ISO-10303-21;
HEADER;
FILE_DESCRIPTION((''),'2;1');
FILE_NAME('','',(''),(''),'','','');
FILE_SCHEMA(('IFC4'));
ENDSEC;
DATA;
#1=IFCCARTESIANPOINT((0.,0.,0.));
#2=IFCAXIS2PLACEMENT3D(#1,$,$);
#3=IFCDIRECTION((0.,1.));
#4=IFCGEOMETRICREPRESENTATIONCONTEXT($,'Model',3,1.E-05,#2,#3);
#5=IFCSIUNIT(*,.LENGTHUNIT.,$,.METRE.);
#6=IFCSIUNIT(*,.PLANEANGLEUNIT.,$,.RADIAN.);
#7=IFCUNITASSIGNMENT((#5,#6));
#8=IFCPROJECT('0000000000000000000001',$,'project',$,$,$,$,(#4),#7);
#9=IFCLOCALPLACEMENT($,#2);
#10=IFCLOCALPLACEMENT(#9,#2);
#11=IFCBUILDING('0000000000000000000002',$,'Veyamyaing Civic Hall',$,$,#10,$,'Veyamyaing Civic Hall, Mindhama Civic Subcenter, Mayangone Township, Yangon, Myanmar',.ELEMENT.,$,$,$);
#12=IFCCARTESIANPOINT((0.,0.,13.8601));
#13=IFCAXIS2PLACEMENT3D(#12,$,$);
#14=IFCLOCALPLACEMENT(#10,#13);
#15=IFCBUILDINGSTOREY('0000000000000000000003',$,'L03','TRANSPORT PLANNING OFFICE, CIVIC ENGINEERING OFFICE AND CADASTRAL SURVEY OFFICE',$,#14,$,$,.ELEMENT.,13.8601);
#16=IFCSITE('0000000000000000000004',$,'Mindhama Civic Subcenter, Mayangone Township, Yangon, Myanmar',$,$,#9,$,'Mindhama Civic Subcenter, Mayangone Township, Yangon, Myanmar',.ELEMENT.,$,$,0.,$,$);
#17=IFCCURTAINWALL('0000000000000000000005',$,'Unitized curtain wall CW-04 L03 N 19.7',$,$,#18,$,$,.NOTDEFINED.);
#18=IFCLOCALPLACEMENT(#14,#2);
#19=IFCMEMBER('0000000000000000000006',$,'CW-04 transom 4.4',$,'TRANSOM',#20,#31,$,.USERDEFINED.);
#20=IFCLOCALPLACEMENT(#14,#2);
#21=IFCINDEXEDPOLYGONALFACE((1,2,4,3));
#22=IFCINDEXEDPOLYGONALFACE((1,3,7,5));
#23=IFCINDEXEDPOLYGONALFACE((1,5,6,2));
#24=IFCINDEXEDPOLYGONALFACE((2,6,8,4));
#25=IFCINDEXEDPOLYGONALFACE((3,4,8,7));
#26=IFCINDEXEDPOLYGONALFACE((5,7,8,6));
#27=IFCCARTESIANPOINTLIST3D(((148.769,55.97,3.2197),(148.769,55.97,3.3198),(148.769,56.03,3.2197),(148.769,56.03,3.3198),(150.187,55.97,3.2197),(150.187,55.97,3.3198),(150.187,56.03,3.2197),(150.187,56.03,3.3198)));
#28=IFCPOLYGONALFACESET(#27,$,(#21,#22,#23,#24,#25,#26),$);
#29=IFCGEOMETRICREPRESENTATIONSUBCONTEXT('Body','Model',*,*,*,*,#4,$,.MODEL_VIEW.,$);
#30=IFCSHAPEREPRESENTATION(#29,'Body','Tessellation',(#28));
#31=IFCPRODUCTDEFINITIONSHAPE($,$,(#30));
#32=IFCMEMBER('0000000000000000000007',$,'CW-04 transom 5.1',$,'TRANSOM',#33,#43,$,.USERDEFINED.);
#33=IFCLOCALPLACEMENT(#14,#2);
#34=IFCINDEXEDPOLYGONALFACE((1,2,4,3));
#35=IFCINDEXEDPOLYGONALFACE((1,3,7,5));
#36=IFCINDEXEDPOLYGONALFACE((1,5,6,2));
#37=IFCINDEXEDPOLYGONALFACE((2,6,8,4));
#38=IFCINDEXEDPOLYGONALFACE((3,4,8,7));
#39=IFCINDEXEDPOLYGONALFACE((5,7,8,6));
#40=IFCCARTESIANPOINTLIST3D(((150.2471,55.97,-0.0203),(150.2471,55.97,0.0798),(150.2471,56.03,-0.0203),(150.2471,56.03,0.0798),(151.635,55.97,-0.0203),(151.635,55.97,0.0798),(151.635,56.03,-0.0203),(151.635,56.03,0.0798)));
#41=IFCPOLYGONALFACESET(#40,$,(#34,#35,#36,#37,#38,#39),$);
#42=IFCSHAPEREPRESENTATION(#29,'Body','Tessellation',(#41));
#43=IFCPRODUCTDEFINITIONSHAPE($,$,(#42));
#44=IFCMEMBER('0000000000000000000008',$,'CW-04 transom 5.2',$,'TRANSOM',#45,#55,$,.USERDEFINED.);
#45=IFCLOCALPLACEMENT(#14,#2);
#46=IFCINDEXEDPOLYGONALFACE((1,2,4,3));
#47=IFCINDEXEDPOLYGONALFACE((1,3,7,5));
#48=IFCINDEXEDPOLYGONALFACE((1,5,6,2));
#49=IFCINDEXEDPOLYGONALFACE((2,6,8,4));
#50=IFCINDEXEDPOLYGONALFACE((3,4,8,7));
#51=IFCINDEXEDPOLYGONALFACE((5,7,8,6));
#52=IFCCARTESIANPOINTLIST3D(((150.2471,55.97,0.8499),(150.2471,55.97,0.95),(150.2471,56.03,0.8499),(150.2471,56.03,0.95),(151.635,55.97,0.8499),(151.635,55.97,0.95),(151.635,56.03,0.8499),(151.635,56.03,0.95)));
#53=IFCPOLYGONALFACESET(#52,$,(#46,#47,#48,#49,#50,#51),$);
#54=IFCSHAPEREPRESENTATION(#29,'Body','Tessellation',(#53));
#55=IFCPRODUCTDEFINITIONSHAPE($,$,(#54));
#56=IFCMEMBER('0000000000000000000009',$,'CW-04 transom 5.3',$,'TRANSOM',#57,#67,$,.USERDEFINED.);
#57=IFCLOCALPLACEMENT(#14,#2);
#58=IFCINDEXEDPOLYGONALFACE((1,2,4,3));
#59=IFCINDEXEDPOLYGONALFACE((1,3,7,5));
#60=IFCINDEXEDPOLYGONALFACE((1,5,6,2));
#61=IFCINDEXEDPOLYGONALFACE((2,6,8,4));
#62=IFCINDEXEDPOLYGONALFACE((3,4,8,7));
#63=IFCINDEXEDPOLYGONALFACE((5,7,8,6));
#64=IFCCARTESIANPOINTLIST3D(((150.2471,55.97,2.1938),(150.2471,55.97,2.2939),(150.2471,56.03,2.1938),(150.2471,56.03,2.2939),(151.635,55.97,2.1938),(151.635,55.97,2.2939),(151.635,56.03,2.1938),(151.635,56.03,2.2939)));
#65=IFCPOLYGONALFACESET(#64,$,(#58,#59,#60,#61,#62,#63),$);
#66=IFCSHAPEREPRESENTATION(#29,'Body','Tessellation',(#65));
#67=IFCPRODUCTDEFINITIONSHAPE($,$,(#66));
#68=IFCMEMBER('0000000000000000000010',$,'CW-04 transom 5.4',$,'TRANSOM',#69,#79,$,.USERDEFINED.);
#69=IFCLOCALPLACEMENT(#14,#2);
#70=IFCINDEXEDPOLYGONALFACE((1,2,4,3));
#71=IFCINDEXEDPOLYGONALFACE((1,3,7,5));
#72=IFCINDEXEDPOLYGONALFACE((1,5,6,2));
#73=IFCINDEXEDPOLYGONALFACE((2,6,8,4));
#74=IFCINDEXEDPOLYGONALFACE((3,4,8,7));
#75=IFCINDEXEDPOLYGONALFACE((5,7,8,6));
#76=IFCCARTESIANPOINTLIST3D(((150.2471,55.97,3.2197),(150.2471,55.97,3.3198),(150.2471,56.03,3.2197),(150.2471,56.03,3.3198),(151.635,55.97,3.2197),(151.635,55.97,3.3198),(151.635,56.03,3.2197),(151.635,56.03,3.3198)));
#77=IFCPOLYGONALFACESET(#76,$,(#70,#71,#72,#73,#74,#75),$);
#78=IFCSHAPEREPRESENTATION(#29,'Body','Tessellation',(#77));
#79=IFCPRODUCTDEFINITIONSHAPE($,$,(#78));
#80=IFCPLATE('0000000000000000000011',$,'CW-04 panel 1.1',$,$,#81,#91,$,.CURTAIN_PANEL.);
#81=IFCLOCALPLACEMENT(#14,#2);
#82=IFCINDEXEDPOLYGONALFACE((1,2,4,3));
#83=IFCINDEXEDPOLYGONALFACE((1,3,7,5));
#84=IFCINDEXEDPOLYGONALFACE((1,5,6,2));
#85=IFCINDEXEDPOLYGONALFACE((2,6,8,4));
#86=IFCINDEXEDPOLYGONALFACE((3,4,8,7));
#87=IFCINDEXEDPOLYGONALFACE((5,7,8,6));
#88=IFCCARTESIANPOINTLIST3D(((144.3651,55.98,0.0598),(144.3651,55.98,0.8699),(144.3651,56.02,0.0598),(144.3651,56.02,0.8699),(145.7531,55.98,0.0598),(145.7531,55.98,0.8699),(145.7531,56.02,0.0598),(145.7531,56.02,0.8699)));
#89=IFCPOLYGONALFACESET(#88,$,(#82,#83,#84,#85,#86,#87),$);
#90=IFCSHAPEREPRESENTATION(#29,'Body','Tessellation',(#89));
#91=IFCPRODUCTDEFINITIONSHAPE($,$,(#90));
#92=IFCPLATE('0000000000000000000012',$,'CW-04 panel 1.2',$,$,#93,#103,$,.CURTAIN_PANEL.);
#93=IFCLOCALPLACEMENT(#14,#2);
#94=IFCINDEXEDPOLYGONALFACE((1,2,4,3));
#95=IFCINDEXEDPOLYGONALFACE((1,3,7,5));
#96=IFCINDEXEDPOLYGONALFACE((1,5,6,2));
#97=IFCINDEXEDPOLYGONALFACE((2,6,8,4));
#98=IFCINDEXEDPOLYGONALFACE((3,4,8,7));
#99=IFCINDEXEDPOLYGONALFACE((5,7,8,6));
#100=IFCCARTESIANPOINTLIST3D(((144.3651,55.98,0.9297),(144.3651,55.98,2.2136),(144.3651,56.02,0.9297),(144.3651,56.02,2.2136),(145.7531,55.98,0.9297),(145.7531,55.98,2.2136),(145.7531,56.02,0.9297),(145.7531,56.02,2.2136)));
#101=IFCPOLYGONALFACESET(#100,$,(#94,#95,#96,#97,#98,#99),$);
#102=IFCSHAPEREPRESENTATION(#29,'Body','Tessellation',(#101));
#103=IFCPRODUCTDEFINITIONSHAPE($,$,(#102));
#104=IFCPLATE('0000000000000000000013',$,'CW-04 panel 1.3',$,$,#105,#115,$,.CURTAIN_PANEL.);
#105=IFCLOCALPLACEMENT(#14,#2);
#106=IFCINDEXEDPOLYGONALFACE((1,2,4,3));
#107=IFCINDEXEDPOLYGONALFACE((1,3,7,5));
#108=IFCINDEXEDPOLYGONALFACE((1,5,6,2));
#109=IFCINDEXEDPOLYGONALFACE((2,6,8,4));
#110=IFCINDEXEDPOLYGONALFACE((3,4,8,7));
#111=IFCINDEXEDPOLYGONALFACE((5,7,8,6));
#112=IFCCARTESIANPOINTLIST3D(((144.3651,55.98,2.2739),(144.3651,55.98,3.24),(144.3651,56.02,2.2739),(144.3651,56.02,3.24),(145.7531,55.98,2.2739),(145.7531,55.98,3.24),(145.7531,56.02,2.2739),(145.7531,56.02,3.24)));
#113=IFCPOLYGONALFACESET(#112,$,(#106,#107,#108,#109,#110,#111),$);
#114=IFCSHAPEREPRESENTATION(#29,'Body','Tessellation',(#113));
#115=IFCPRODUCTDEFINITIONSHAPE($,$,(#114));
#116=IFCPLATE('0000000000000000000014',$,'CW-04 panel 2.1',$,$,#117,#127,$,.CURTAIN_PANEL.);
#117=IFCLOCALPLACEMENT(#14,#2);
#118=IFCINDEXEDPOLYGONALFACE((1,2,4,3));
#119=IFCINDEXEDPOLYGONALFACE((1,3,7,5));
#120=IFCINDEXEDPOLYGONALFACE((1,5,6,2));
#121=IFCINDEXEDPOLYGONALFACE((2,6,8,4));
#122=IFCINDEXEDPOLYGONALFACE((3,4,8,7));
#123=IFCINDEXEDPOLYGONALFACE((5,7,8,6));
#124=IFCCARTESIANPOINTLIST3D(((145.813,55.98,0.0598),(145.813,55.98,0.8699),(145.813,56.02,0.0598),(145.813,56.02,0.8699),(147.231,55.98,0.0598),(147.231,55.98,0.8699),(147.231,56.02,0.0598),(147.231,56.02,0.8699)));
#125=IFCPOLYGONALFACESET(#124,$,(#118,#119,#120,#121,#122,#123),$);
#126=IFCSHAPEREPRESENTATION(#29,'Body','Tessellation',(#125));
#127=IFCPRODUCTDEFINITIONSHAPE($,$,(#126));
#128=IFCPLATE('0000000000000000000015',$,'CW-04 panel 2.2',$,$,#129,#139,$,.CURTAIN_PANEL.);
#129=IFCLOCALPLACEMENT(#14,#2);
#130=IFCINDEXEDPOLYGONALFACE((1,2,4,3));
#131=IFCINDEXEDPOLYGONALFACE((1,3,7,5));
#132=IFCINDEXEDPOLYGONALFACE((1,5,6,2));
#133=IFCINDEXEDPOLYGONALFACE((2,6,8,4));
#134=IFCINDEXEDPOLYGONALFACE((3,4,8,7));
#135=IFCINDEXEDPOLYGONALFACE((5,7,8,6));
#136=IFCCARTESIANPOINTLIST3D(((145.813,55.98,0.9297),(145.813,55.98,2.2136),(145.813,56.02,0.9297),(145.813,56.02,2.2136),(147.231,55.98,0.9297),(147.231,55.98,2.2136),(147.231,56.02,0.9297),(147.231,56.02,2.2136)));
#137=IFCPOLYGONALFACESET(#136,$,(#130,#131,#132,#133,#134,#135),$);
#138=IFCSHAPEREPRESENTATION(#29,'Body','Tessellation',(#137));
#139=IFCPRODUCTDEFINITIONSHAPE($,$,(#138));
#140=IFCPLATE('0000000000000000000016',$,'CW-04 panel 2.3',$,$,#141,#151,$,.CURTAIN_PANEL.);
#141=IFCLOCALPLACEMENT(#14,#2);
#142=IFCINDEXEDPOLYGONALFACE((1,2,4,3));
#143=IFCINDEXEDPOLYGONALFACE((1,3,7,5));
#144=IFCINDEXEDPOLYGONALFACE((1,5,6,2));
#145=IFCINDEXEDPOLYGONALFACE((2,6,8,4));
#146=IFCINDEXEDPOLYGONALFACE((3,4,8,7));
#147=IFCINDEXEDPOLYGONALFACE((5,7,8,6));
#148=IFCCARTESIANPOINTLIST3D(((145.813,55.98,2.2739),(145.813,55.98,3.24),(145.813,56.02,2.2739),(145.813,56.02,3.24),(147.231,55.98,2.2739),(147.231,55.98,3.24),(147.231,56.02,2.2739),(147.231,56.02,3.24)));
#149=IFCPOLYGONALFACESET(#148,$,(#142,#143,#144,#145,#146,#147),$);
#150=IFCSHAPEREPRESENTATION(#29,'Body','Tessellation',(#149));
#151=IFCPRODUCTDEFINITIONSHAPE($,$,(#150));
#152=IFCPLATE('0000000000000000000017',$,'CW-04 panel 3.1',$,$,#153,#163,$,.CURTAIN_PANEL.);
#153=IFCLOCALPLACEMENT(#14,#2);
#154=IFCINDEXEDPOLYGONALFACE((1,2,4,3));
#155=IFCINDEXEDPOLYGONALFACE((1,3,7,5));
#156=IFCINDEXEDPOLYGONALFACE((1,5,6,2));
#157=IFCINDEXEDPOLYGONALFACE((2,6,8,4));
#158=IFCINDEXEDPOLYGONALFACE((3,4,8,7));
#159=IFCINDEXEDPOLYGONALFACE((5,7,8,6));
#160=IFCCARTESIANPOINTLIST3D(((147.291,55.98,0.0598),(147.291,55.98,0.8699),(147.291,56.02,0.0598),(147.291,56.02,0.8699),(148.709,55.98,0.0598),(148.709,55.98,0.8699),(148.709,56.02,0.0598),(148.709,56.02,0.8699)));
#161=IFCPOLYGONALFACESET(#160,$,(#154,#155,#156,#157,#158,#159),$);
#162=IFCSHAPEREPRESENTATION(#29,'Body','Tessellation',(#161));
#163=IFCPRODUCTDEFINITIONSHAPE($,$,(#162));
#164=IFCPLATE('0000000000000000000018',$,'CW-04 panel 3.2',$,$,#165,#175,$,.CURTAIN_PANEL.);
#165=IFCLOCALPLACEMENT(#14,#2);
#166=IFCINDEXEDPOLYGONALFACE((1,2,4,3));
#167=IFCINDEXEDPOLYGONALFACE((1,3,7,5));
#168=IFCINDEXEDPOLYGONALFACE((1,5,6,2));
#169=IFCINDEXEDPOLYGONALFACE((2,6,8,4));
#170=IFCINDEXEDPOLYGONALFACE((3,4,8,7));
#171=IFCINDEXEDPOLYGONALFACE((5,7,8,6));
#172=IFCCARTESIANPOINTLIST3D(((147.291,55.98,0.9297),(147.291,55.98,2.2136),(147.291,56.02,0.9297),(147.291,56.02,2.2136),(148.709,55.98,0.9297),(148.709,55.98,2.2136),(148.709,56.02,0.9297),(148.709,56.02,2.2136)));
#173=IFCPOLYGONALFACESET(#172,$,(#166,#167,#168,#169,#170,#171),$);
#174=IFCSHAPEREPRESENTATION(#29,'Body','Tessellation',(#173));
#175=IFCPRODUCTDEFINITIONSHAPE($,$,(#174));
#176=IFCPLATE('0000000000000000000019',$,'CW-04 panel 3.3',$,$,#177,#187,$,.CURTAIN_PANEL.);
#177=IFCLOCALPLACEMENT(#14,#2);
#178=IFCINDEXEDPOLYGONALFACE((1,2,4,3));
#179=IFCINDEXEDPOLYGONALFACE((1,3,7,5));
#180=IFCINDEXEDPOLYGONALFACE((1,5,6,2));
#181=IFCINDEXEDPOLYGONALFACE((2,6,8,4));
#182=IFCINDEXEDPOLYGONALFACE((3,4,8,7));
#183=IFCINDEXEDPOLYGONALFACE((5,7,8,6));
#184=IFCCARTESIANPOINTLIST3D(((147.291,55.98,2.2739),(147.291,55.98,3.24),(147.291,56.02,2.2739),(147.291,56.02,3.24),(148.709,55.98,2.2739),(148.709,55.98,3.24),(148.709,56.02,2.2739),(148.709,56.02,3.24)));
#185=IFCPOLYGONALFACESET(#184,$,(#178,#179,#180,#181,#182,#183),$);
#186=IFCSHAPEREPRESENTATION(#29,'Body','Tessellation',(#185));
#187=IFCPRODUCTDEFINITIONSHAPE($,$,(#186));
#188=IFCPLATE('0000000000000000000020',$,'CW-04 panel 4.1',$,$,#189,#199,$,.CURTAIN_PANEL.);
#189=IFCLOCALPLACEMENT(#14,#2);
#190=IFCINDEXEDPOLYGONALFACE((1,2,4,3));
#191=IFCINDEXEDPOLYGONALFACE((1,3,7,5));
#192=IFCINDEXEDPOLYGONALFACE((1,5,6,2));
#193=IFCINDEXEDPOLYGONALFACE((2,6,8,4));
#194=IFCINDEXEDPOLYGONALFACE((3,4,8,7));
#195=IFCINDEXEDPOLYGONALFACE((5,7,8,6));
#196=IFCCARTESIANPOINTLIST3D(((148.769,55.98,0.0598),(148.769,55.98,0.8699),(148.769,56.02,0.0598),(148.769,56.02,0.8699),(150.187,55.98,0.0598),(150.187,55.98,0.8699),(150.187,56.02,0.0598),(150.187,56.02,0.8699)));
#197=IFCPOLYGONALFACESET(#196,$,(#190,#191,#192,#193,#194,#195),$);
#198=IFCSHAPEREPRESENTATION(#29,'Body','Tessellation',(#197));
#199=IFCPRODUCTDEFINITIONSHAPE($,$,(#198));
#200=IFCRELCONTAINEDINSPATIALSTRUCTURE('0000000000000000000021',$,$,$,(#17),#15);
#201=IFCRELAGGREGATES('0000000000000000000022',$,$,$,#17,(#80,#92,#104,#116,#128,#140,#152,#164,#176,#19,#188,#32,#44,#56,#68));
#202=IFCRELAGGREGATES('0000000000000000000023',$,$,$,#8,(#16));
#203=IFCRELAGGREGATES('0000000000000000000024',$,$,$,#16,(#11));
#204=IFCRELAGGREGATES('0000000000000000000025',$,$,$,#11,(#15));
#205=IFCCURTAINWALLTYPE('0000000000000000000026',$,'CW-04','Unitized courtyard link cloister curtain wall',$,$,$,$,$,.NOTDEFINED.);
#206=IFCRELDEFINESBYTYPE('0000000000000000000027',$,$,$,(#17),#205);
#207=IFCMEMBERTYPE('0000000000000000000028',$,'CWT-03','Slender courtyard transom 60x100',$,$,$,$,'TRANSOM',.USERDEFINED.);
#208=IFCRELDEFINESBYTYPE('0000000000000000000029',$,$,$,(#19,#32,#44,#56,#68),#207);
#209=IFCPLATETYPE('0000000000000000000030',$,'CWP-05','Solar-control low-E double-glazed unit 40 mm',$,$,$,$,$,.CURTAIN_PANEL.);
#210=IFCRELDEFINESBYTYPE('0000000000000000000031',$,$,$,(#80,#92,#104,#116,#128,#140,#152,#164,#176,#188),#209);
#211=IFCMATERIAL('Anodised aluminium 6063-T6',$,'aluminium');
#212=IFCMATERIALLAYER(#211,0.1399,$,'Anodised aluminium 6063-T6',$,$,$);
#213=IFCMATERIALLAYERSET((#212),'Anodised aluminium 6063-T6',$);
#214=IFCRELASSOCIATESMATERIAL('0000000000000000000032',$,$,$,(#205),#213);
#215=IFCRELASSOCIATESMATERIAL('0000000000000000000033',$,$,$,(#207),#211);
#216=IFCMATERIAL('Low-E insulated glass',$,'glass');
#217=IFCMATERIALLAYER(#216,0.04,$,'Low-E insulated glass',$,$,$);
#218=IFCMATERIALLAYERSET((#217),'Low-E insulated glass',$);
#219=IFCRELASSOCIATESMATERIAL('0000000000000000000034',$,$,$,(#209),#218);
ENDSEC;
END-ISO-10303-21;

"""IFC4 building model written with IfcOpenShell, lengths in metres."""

from ifc_helpers import new_model, si_unit, direction, frame, origin, origin_2d, place, context, subcontext, project, spatial, rectangle, extrude, material, layer, layer_set, material_profile, profile_set, type_object, element, aggregate, save


model = new_model("IFC4")

# Units and contexts
model_context = context("Model", 3, precision=1e-05, world=origin(), true_north=direction((0.0, 1.0)))
body_context = subcontext(model_context, "Body", "Model", "MODEL_VIEW")
ifc_project = project(units=[si_unit("LENGTHUNIT", "METRE"), si_unit("PLANEANGLEUNIT", "RADIAN")], contexts=[model_context])

# Site, building, storey
site_placement = place(None, origin())
site = spatial("IfcSite", under=ifc_project, at=site_placement, Name="Mindhama Civic Subcenter, Mayangone Township, Yangon, Myanmar", LongName="Mindhama Civic Subcenter, Mayangone Township, Yangon, Myanmar", CompositionType="ELEMENT", RefElevation=0.0)
building_placement = place(site_placement, origin())
building = spatial("IfcBuilding", under=site, at=building_placement, Name="Veyamyaing Civic Hall", LongName="Veyamyaing Civic Hall, Mindhama Civic Subcenter, Mayangone Township, Yangon, Myanmar", CompositionType="ELEMENT")
storey_placement = place(building_placement, frame((0.0, 0.0, 13.8601)))
storey = spatial("IfcBuildingStorey", under=building, at=storey_placement, Name="L03", Description="TRANSPORT PLANNING OFFICE, CIVIC ENGINEERING OFFICE AND CADASTRAL SURVEY OFFICE", CompositionType="ELEMENT", Elevation=13.8601)

# Curtain wall, members, plates
ifc_material_1 = material(Name="Anodised aluminium 6063-T6", Category="aluminium")
ifc_layer_1 = layer(ifc_material_1, 0.1399, Name="Anodised aluminium 6063-T6")
ifc_layer_set_1 = layer_set([ifc_layer_1], Name="Anodised aluminium 6063-T6")
curtain_wall_type = type_object("IfcCurtainWallType", Name="CW-04", Description="Unitized courtyard link cloister curtain wall", PredefinedType="NOTDEFINED", material=ifc_layer_set_1)
curtain_wall_placement = place(storey_placement, origin())
curtain_wall = element("IfcCurtainWall", 1, at=curtain_wall_placement, inside=storey, type_object=curtain_wall_type, Name="Unitized curtain wall CW-04 L03 N 19.7", PredefinedType="NOTDEFINED")
ifc_material_profile_1 = material_profile(ifc_material_1, rectangle(XDim=0.0601, YDim=0.1001, at=origin_2d()), Name="ALU-TRN-60X100")
ifc_profile_set_1 = profile_set([ifc_material_profile_1], Name="Anodised aluminium 6063-T6")
member_type_1 = type_object("IfcMemberType", Name="CWT-03", Description="Slender courtyard transom 60x100", ElementType="TRANSOM", PredefinedType="USERDEFINED", material=ifc_profile_set_1)
member_1_placement = place(storey_placement, frame((148.769, 56.0, 3.2698), z_axis=(1.0, 0.0, 0.0), x_axis=(0.0, 1.0, 0.0)))
member_1 = element("IfcMember", 2, at=member_1_placement, type_object=member_type_1, Name="CW-04 transom 4.4", ObjectType="TRANSOM", PredefinedType="USERDEFINED", context=body_context, shape_type="SweptSolid", body=[
    extrude(rectangle(XDim=0.0601, YDim=0.1001, at=origin_2d()), origin(), (0.0, 0.0, 1.0), 1.418),
])
member_2_placement = place(storey_placement, frame((150.2471, 56.0, 0.0298), z_axis=(1.0, 0.0, 0.0), x_axis=(0.0, 1.0, 0.0)))
member_2 = element("IfcMember", 3, at=member_2_placement, type_object=member_type_1, Name="CW-04 transom 5.1", ObjectType="TRANSOM", PredefinedType="USERDEFINED", context=body_context, shape_type="SweptSolid", body=[
    extrude(rectangle(XDim=0.0601, YDim=0.1001, at=origin_2d()), origin(), (0.0, 0.0, 1.0), 1.3879),
])
member_3_placement = place(storey_placement, frame((150.2471, 56.0, 0.8999), z_axis=(1.0, 0.0, 0.0), x_axis=(0.0, 1.0, 0.0)))
member_3 = element("IfcMember", 4, at=member_3_placement, type_object=member_type_1, Name="CW-04 transom 5.2", ObjectType="TRANSOM", PredefinedType="USERDEFINED", context=body_context, shape_type="SweptSolid", body=[
    extrude(rectangle(XDim=0.0601, YDim=0.1001, at=origin_2d()), origin(), (0.0, 0.0, 1.0), 1.3879),
])
member_4_placement = place(storey_placement, frame((150.2471, 56.0, 2.2439), z_axis=(1.0, 0.0, 0.0), x_axis=(0.0, 1.0, 0.0)))
member_4 = element("IfcMember", 5, at=member_4_placement, type_object=member_type_1, Name="CW-04 transom 5.3", ObjectType="TRANSOM", PredefinedType="USERDEFINED", context=body_context, shape_type="SweptSolid", body=[
    extrude(rectangle(XDim=0.0601, YDim=0.1001, at=origin_2d()), origin(), (0.0, 0.0, 1.0), 1.3879),
])
member_5_placement = place(storey_placement, frame((150.2471, 56.0, 3.2698), z_axis=(1.0, 0.0, 0.0), x_axis=(0.0, 1.0, 0.0)))
member_5 = element("IfcMember", 6, at=member_5_placement, type_object=member_type_1, Name="CW-04 transom 5.4", ObjectType="TRANSOM", PredefinedType="USERDEFINED", context=body_context, shape_type="SweptSolid", body=[
    extrude(rectangle(XDim=0.0601, YDim=0.1001, at=origin_2d()), origin(), (0.0, 0.0, 1.0), 1.3879),
])
ifc_material_2 = material(Name="Low-E insulated glass", Category="glass")
ifc_layer_2 = layer(ifc_material_2, 0.04, Name="Low-E insulated glass")
ifc_layer_set_2 = layer_set([ifc_layer_2], Name="Low-E insulated glass")
plate_type = type_object("IfcPlateType", Name="CWP-05", Description="Solar-control low-E double-glazed unit 40 mm", PredefinedType="CURTAIN_PANEL", material=ifc_layer_set_2)
plate_1_placement = place(storey_placement, frame((145.0591, 56.0, 0.0598), z_axis=(0.0, 0.0, 1.0), x_axis=(1.0, 0.0, 0.0)))
plate_1 = element("IfcPlate", 7, at=plate_1_placement, type_object=plate_type, Name="CW-04 panel 1.1", PredefinedType="CURTAIN_PANEL", context=body_context, shape_type="SweptSolid", body=[
    extrude(rectangle(XDim=1.3879, YDim=0.04, at=origin_2d()), origin(), (0.0, 0.0, 1.0), 0.8101),
])
plate_2_placement = place(storey_placement, frame((145.0591, 56.0, 0.9297), z_axis=(0.0, 0.0, 1.0), x_axis=(1.0, 0.0, 0.0)))
plate_2 = element("IfcPlate", 8, at=plate_2_placement, type_object=plate_type, Name="CW-04 panel 1.2", PredefinedType="CURTAIN_PANEL", context=body_context, shape_type="SweptSolid", body=[
    extrude(rectangle(XDim=1.3879, YDim=0.04, at=origin_2d()), origin(), (0.0, 0.0, 1.0), 1.2839),
])
plate_3_placement = place(storey_placement, frame((145.0591, 56.0, 2.2739), z_axis=(0.0, 0.0, 1.0), x_axis=(1.0, 0.0, 0.0)))
plate_3 = element("IfcPlate", 9, at=plate_3_placement, type_object=plate_type, Name="CW-04 panel 1.3", PredefinedType="CURTAIN_PANEL", context=body_context, shape_type="SweptSolid", body=[
    extrude(rectangle(XDim=1.3879, YDim=0.04, at=origin_2d()), origin(), (0.0, 0.0, 1.0), 0.9661),
])
plate_4_placement = place(storey_placement, frame((146.522, 56.0, 0.0598), z_axis=(0.0, 0.0, 1.0), x_axis=(1.0, 0.0, 0.0)))
plate_4 = element("IfcPlate", 10, at=plate_4_placement, type_object=plate_type, Name="CW-04 panel 2.1", PredefinedType="CURTAIN_PANEL", context=body_context, shape_type="SweptSolid", body=[
    extrude(rectangle(XDim=1.418, YDim=0.04, at=origin_2d()), origin(), (0.0, 0.0, 1.0), 0.8101),
])
plate_5_placement = place(storey_placement, frame((146.522, 56.0, 0.9297), z_axis=(0.0, 0.0, 1.0), x_axis=(1.0, 0.0, 0.0)))
plate_5 = element("IfcPlate", 11, at=plate_5_placement, type_object=plate_type, Name="CW-04 panel 2.2", PredefinedType="CURTAIN_PANEL", context=body_context, shape_type="SweptSolid", body=[
    extrude(rectangle(XDim=1.418, YDim=0.04, at=origin_2d()), origin(), (0.0, 0.0, 1.0), 1.2839),
])
plate_6_placement = place(storey_placement, frame((146.522, 56.0, 2.2739), z_axis=(0.0, 0.0, 1.0), x_axis=(1.0, 0.0, 0.0)))
plate_6 = element("IfcPlate", 12, at=plate_6_placement, type_object=plate_type, Name="CW-04 panel 2.3", PredefinedType="CURTAIN_PANEL", context=body_context, shape_type="SweptSolid", body=[
    extrude(rectangle(XDim=1.418, YDim=0.04, at=origin_2d()), origin(), (0.0, 0.0, 1.0), 0.9661),
])
plate_7_placement = place(storey_placement, frame((148.0, 56.0, 0.0598), z_axis=(0.0, 0.0, 1.0), x_axis=(1.0, 0.0, 0.0)))
plate_7 = element("IfcPlate", 13, at=plate_7_placement, type_object=plate_type, Name="CW-04 panel 3.1", PredefinedType="CURTAIN_PANEL", context=body_context, shape_type="SweptSolid", body=[
    extrude(rectangle(XDim=1.418, YDim=0.04, at=origin_2d()), origin(), (0.0, 0.0, 1.0), 0.8101),
])
plate_8_placement = place(storey_placement, frame((148.0, 56.0, 0.9297), z_axis=(0.0, 0.0, 1.0), x_axis=(1.0, 0.0, 0.0)))
plate_8 = element("IfcPlate", 14, at=plate_8_placement, type_object=plate_type, Name="CW-04 panel 3.2", PredefinedType="CURTAIN_PANEL", context=body_context, shape_type="SweptSolid", body=[
    extrude(rectangle(XDim=1.418, YDim=0.04, at=origin_2d()), origin(), (0.0, 0.0, 1.0), 1.2839),
])
plate_9_placement = place(storey_placement, frame((148.0, 56.0, 2.2739), z_axis=(0.0, 0.0, 1.0), x_axis=(1.0, 0.0, 0.0)))
plate_9 = element("IfcPlate", 15, at=plate_9_placement, type_object=plate_type, Name="CW-04 panel 3.3", PredefinedType="CURTAIN_PANEL", context=body_context, shape_type="SweptSolid", body=[
    extrude(rectangle(XDim=1.418, YDim=0.04, at=origin_2d()), origin(), (0.0, 0.0, 1.0), 0.9661),
])
plate_10_placement = place(storey_placement, frame((149.478, 56.0, 0.0598), z_axis=(0.0, 0.0, 1.0), x_axis=(1.0, 0.0, 0.0)))
plate_10 = element("IfcPlate", 16, at=plate_10_placement, type_object=plate_type, Name="CW-04 panel 4.1", PredefinedType="CURTAIN_PANEL", context=body_context, shape_type="SweptSolid", body=[
    extrude(rectangle(XDim=1.418, YDim=0.04, at=origin_2d()), origin(), (0.0, 0.0, 1.0), 0.8101),
])
aggregate(curtain_wall, [plate_1, plate_2, plate_3, plate_4, plate_5, plate_6, plate_7, plate_8, plate_9, member_1, plate_10, member_2, member_3, member_4, member_5])

save(model, "model.ifc")
